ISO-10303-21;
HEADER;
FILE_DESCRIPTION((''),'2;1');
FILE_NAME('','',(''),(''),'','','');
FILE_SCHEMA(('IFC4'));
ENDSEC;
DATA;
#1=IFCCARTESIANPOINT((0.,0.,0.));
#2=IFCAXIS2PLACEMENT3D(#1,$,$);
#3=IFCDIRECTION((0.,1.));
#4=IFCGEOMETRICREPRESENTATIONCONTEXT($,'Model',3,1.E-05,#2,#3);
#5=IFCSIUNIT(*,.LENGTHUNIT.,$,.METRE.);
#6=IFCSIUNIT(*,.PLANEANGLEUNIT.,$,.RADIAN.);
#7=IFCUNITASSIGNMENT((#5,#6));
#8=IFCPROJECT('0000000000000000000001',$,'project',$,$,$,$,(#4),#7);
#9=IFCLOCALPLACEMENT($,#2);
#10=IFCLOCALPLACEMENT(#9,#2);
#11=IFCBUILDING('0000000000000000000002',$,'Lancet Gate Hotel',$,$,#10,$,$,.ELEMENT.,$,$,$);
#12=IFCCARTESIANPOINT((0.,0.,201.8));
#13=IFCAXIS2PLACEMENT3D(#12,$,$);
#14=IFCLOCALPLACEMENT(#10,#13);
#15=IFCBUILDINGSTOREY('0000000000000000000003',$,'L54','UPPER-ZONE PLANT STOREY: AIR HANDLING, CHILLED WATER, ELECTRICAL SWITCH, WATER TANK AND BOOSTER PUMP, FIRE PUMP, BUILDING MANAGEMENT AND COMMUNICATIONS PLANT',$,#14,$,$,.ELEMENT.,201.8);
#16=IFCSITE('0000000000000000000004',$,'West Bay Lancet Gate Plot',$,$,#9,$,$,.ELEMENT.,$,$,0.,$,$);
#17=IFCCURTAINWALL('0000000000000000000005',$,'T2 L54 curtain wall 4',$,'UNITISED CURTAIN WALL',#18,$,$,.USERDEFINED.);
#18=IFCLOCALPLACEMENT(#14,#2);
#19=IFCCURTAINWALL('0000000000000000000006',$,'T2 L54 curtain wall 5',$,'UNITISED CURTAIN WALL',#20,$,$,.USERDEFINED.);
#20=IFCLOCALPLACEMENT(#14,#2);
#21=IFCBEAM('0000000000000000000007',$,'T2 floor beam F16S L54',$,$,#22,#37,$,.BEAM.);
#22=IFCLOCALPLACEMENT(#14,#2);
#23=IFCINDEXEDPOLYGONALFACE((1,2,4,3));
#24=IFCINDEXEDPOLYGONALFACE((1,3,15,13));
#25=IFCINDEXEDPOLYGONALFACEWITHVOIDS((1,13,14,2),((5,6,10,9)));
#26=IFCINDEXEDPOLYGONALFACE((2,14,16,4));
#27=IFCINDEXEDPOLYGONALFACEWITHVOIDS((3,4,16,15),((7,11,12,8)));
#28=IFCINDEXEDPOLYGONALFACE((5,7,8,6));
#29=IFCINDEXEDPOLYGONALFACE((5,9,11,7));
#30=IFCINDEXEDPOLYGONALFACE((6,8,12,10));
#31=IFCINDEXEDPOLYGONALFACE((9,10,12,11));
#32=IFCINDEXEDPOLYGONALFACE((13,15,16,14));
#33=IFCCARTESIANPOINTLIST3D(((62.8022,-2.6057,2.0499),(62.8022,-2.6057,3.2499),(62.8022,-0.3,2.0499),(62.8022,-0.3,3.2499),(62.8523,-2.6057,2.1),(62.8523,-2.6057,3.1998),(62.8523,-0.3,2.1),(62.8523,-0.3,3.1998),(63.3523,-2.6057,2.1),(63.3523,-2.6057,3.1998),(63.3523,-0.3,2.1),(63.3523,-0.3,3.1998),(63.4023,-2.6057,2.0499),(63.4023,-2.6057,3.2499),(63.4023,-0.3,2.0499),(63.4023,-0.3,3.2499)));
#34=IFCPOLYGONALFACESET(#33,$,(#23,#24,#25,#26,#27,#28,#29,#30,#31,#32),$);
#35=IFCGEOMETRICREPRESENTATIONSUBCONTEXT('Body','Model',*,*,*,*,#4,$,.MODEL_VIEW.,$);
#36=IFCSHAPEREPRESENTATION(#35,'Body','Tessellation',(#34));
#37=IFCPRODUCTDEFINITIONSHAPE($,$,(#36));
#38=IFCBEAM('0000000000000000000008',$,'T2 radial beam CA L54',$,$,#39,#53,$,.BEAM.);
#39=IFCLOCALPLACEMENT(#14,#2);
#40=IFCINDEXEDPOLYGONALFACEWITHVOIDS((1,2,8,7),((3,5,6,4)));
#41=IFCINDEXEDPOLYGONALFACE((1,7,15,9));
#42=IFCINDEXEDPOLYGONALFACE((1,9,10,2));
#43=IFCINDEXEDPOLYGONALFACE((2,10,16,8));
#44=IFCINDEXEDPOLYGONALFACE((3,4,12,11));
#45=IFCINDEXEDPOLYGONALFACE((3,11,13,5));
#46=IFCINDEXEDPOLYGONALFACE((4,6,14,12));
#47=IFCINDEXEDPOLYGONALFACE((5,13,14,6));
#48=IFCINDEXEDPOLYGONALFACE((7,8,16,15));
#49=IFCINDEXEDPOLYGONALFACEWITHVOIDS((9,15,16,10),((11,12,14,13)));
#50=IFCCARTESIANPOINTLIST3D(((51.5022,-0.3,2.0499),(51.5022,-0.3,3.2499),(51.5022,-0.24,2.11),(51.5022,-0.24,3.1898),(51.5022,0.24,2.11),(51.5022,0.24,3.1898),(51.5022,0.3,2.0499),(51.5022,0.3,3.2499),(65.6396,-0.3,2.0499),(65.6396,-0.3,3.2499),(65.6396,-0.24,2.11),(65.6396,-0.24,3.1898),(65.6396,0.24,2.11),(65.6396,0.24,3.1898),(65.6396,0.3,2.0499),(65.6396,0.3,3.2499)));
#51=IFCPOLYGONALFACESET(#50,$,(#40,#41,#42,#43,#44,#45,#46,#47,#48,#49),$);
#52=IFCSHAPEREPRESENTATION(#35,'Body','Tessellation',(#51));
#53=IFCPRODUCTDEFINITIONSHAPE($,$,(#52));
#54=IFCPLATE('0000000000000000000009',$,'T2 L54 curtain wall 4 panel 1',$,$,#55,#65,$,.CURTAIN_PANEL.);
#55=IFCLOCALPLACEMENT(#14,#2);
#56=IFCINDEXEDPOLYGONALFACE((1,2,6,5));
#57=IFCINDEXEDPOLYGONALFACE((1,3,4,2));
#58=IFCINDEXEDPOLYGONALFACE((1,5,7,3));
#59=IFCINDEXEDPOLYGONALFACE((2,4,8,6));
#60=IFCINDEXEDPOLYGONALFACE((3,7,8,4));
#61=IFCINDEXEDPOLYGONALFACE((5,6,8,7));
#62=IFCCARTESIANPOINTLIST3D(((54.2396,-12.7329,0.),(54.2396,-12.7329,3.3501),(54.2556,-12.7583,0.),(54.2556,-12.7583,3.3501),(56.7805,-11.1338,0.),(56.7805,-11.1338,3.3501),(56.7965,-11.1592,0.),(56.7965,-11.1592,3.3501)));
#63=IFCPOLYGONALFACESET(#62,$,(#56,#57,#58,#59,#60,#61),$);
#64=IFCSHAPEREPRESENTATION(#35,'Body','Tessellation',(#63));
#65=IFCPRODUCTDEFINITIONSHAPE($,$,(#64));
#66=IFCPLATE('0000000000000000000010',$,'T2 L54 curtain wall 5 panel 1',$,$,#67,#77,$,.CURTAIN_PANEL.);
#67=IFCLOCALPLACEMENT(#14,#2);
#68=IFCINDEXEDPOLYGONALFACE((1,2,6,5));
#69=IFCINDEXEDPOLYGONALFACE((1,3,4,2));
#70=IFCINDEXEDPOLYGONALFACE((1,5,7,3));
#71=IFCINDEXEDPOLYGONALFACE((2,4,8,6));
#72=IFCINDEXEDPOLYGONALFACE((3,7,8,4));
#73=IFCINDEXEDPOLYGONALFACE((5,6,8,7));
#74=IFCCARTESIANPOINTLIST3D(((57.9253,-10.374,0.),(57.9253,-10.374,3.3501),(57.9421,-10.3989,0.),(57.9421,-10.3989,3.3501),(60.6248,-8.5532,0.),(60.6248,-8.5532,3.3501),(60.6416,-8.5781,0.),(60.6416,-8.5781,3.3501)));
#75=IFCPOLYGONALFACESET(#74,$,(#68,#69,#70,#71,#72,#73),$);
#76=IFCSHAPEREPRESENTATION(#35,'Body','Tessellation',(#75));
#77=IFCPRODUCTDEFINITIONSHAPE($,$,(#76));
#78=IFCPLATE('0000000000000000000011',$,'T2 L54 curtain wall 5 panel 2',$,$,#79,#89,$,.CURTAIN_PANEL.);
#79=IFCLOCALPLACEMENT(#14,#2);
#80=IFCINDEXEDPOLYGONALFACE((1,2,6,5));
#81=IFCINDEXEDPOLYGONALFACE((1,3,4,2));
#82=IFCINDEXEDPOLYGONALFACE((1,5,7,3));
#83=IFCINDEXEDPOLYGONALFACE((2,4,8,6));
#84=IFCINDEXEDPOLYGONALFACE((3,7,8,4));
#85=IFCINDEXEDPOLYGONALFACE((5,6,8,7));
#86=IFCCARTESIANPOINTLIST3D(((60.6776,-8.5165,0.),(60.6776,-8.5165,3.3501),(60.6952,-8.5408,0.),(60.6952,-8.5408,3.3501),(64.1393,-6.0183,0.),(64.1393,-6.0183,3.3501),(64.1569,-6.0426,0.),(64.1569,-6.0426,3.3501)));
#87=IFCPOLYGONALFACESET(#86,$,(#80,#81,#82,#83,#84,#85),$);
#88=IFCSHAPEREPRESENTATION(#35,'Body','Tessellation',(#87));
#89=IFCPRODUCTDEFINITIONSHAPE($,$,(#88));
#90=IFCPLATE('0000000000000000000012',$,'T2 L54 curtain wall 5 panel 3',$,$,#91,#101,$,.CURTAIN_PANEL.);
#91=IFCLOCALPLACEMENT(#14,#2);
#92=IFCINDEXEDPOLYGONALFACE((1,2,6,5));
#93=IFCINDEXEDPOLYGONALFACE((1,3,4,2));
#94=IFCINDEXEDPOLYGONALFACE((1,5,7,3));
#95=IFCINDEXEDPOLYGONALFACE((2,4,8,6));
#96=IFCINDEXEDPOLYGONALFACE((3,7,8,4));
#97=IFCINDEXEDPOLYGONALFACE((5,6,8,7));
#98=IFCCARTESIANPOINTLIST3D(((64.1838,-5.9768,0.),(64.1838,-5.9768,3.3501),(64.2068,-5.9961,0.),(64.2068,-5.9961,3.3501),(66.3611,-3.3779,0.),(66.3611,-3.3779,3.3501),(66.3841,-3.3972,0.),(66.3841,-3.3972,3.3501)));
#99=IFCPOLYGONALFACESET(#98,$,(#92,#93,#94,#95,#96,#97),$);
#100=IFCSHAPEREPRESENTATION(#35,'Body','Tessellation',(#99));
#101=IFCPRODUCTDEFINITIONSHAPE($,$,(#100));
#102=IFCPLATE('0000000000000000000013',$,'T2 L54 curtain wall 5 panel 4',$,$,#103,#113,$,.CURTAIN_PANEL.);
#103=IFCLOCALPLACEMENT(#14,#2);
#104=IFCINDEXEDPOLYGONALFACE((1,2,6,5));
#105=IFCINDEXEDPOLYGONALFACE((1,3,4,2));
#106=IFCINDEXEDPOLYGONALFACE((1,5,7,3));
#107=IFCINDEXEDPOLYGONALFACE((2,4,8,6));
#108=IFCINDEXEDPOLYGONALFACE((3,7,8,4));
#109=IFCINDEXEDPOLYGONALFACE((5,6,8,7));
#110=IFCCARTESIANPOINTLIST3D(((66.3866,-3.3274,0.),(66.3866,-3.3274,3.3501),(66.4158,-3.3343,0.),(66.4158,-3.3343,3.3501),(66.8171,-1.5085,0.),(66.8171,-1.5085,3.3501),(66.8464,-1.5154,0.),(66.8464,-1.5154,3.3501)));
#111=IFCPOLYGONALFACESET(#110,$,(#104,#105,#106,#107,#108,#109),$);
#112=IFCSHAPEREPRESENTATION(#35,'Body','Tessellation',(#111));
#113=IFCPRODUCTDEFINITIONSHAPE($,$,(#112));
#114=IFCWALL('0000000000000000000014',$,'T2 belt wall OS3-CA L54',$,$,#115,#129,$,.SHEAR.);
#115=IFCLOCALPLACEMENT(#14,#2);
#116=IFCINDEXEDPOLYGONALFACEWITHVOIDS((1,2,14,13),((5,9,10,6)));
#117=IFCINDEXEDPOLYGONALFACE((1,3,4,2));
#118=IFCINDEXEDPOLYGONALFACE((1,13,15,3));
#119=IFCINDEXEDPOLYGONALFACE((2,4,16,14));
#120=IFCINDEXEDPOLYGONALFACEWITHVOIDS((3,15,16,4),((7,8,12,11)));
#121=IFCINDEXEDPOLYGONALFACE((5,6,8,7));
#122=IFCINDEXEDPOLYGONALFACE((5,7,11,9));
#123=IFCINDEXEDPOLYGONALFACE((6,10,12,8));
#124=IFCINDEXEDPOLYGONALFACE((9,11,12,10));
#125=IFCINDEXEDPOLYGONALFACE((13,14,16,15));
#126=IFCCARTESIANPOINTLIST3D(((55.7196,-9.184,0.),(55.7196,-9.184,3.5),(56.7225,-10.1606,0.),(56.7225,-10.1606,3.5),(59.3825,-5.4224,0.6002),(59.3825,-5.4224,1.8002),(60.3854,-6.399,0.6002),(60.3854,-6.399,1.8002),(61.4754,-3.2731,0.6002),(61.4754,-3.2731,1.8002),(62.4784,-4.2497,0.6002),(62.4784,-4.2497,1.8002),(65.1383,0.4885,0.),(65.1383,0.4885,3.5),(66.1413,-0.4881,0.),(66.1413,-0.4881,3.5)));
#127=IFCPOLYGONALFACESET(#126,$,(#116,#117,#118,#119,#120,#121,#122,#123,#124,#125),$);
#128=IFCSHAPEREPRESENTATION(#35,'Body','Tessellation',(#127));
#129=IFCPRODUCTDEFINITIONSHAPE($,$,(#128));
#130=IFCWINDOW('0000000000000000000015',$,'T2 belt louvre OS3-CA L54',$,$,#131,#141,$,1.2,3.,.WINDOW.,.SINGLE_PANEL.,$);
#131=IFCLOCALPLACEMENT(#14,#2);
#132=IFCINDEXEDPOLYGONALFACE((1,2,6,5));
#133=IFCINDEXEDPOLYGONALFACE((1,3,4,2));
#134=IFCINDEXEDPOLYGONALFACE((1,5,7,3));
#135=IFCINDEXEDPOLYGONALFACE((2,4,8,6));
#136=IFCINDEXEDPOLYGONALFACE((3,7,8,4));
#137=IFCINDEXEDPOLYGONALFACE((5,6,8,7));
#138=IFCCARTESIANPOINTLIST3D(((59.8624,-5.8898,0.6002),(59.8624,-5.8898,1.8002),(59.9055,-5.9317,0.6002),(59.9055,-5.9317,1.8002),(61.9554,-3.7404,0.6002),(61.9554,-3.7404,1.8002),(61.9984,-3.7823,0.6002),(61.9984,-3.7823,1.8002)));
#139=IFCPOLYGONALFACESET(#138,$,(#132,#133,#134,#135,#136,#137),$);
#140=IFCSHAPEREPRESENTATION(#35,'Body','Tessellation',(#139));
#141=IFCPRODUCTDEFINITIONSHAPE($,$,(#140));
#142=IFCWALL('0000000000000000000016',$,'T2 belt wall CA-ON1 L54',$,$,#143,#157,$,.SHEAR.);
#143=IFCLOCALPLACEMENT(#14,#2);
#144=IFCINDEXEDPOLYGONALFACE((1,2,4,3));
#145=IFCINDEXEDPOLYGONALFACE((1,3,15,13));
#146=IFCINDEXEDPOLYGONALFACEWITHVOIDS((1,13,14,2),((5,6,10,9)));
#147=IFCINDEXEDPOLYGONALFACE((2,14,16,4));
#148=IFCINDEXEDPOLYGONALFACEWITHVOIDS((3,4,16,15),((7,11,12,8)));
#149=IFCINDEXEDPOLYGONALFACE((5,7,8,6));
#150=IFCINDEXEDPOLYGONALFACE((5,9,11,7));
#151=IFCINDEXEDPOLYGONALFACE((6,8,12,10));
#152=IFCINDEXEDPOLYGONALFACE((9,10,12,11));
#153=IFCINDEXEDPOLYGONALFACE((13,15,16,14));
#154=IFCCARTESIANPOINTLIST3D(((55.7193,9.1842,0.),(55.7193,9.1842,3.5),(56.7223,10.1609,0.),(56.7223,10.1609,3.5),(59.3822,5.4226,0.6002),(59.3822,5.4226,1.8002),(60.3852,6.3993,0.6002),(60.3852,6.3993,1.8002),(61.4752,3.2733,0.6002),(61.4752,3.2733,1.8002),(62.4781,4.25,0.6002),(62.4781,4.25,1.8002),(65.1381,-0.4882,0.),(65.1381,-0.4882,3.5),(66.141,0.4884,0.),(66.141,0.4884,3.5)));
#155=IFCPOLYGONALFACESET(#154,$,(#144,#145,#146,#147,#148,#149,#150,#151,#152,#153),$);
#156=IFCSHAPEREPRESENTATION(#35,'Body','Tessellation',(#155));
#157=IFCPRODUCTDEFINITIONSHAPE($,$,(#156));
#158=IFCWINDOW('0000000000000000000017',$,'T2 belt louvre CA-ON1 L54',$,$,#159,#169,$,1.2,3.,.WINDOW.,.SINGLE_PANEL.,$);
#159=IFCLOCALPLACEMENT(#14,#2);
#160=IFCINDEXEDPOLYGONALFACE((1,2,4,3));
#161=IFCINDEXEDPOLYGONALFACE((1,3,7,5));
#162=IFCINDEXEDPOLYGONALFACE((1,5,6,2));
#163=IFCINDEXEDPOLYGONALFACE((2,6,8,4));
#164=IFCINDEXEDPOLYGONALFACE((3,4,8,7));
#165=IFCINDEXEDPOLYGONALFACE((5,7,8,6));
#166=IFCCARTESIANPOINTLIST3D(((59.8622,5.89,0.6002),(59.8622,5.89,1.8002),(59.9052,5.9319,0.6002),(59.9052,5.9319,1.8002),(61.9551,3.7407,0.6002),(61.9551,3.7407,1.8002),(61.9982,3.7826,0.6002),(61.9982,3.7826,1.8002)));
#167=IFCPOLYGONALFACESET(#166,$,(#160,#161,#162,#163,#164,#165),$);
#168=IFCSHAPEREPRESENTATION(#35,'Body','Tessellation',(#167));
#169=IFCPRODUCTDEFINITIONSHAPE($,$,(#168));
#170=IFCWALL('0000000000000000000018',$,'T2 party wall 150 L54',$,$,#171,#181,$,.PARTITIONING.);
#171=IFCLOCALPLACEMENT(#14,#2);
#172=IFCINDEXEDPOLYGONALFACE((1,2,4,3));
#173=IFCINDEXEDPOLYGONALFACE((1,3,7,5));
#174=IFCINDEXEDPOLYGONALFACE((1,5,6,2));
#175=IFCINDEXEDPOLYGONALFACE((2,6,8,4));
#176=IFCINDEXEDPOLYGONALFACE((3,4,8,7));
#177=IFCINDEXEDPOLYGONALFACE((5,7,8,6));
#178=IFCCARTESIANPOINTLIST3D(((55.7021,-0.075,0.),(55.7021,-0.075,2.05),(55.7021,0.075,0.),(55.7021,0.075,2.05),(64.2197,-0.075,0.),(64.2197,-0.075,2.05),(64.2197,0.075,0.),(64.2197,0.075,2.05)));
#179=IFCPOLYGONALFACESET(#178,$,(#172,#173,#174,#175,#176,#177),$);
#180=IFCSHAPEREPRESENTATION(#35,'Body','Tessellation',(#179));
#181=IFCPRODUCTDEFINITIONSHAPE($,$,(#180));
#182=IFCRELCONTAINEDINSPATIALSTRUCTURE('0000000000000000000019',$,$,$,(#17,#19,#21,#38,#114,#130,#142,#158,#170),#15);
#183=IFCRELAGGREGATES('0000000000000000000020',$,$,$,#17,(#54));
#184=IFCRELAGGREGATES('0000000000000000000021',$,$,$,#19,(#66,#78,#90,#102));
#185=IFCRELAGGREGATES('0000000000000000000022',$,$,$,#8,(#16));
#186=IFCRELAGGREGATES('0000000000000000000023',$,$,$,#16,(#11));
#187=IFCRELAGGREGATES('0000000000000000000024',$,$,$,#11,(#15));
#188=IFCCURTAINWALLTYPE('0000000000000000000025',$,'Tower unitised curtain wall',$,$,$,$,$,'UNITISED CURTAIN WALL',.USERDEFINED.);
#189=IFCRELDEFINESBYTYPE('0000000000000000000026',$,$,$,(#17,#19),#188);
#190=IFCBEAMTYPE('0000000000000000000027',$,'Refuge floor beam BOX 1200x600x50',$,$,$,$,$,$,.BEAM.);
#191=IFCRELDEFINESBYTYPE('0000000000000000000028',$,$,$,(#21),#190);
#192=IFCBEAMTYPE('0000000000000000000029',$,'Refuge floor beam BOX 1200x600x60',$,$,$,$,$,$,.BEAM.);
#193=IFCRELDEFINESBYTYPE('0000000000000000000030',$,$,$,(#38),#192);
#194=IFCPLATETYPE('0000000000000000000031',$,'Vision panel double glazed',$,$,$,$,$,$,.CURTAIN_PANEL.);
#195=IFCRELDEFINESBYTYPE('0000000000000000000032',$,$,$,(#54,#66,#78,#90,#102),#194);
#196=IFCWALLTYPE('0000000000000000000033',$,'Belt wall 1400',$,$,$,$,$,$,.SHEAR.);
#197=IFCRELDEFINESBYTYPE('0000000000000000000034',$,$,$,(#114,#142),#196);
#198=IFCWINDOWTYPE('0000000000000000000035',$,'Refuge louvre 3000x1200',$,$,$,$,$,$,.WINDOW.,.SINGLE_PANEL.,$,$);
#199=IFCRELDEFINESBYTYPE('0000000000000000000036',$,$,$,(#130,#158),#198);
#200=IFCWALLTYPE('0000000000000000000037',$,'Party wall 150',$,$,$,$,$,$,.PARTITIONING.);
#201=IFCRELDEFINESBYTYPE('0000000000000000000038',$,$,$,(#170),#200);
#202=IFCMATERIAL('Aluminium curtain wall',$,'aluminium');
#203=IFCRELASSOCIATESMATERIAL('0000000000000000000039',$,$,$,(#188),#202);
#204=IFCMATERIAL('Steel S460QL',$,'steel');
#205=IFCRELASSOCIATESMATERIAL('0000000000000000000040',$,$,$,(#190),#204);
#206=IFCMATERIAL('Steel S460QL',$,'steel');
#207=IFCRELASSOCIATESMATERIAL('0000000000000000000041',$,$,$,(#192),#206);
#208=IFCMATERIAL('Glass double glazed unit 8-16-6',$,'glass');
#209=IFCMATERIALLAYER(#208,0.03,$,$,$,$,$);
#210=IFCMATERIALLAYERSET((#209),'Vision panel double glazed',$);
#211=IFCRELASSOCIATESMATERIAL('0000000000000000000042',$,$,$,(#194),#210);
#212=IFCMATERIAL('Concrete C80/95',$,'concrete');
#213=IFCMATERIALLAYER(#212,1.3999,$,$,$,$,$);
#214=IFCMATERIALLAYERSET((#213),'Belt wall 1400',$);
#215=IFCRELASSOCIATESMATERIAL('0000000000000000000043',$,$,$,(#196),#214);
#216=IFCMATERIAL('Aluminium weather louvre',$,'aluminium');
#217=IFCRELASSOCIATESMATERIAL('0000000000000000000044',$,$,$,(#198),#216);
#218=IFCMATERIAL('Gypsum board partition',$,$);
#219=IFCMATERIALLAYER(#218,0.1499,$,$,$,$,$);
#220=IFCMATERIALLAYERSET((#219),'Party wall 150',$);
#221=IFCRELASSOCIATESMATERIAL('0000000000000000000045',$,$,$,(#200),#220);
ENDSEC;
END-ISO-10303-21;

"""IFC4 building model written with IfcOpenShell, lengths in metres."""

from ifc_helpers import new_model, si_unit, direction, frame, frame_2d, origin, origin_2d, place, context, subcontext, project, spatial, rectangle, hollow_rectangle, extrude, material, layer, layer_set, material_profile, profile_set, type_object, element, fill, aggregate, save


model = new_model("IFC4")

# Units and contexts
model_context = context("Model", 3, precision=1e-05, world=origin(), true_north=direction((0.0, 1.0)))
body_context = subcontext(model_context, "Body", "Model", "MODEL_VIEW")
ifc_project = project(units=[si_unit("LENGTHUNIT", "METRE"), si_unit("PLANEANGLEUNIT", "RADIAN")], contexts=[model_context])

# Site, building, storey
site_placement = place(None, origin())
site = spatial("IfcSite", under=ifc_project, at=site_placement, Name="West Bay Lancet Gate Plot", CompositionType="ELEMENT", RefElevation=0.0)
building_placement = place(site_placement, origin())
building = spatial("IfcBuilding", under=site, at=building_placement, Name="Lancet Gate Hotel", CompositionType="ELEMENT")
storey_placement = place(building_placement, frame((0.0, 0.0, 201.8)))
storey = spatial("IfcBuildingStorey", under=building, at=storey_placement, Name="L54", Description="UPPER-ZONE PLANT STOREY: AIR HANDLING, CHILLED WATER, ELECTRICAL SWITCH, WATER TANK AND BOOSTER PUMP, FIRE PUMP, BUILDING MANAGEMENT AND COMMUNICATIONS PLANT", CompositionType="ELEMENT", Elevation=201.8)

# Curtain wall
ifc_material_1 = material(Name="Aluminium curtain wall", Category="aluminium")
curtain_wall_type = type_object("IfcCurtainWallType", Name="Tower unitised curtain wall", ElementType="UNITISED CURTAIN WALL", PredefinedType="USERDEFINED", material=ifc_material_1)
curtain_wall_1_placement = place(storey_placement, origin())
curtain_wall_1 = element("IfcCurtainWall", 1, at=curtain_wall_1_placement, inside=storey, type_object=curtain_wall_type, Name="T2 L54 curtain wall 4", ObjectType="UNITISED CURTAIN WALL", PredefinedType="USERDEFINED")

# Curtain wall
curtain_wall_2_placement = place(storey_placement, origin())
curtain_wall_2 = element("IfcCurtainWall", 2, at=curtain_wall_2_placement, inside=storey, type_object=curtain_wall_type, Name="T2 L54 curtain wall 5", ObjectType="UNITISED CURTAIN WALL", PredefinedType="USERDEFINED")

# Beams
ifc_material_2 = material(Name="Steel S460QL", Category="steel")
ifc_material_profile_1 = material_profile(ifc_material_2, hollow_rectangle(XDim=0.6001, YDim=1.2, WallThickness=0.05, at=origin_2d()), Name="BOX 1200x600x50")
ifc_profile_set_1 = profile_set([ifc_material_profile_1], Name="Steel S460QL")
beam_type_1 = type_object("IfcBeamType", Name="Refuge floor beam BOX 1200x600x50", PredefinedType="BEAM", material=ifc_profile_set_1)
beam_1_placement = place(storey_placement, frame((63.1023, -2.6057, 2.6499), z_axis=(0.0, 1.0, 0.0), x_axis=(-1.0, 0.0, 0.0)))
element("IfcBeam", 3, at=beam_1_placement, inside=storey, type_object=beam_type_1, Name="T2 floor beam F16S L54", PredefinedType="BEAM", context=body_context, shape_type="SweptSolid", body=[
    extrude(hollow_rectangle(XDim=0.6001, YDim=1.2, WallThickness=0.05, at=origin_2d()), origin(), (0.0, 0.0, 1.0), 2.3057),
])
ifc_material_3 = material(Name="Steel S460QL", Category="steel")
ifc_material_profile_2 = material_profile(ifc_material_3, hollow_rectangle(XDim=0.6001, YDim=1.2, WallThickness=0.0601, at=origin_2d()), Name="BOX 1200x600x60")
ifc_profile_set_2 = profile_set([ifc_material_profile_2], Name="Steel S460QL")
beam_type_2 = type_object("IfcBeamType", Name="Refuge floor beam BOX 1200x600x60", PredefinedType="BEAM", material=ifc_profile_set_2)
beam_2_placement = place(storey_placement, frame((65.6396, 0.0, 2.6499), z_axis=(-1.0, 0.0, 0.0), x_axis=(0.0, -1.0, 0.0)))
element("IfcBeam", 4, at=beam_2_placement, inside=storey, type_object=beam_type_2, Name="T2 radial beam CA L54", PredefinedType="BEAM", context=body_context, shape_type="SweptSolid", body=[
    extrude(hollow_rectangle(XDim=0.6001, YDim=1.2, WallThickness=0.0601, at=origin_2d()), origin(), (0.0, 0.0, 1.0), 14.1375),
])

# Plates
ifc_material_4 = material(Name="Glass double glazed unit 8-16-6", Category="glass")
ifc_layer_1 = layer(ifc_material_4, 0.03)
ifc_layer_set_1 = layer_set([ifc_layer_1], Name="Vision panel double glazed")
plate_type = type_object("IfcPlateType", Name="Vision panel double glazed", PredefinedType="CURTAIN_PANEL", material=ifc_layer_set_1)
plate_1_placement = place(storey_placement, frame((55.5181, -11.946, 0.0), z_axis=(0.0, 0.0, 1.0), x_axis=(0.846352, 0.532623, 0.0)))
plate_1 = element("IfcPlate", 5, at=plate_1_placement, type_object=plate_type, Name="T2 L54 curtain wall 4 panel 1", PredefinedType="CURTAIN_PANEL", context=body_context, shape_type="SweptSolid", body=[
    extrude(rectangle(XDim=3.0022, YDim=0.03, at=origin_2d()), origin(), (0.0, 0.0, 1.0), 3.3501),
])
aggregate(curtain_wall_1, [plate_1])
plate_2_placement = place(storey_placement, frame((59.2834, -9.4761, 0.0), z_axis=(0.0, 0.0, 1.0), x_axis=(0.829039, 0.559191, 0.0)))
plate_2 = element("IfcPlate", 6, at=plate_2_placement, type_object=plate_type, Name="T2 L54 curtain wall 5 panel 1", PredefinedType="CURTAIN_PANEL", context=body_context, shape_type="SweptSolid", body=[
    extrude(rectangle(XDim=3.2561, YDim=0.03, at=origin_2d()), origin(), (0.0, 0.0, 1.0), 3.3501),
])
plate_3_placement = place(storey_placement, frame((62.4172, -7.2795, 0.0), z_axis=(0.0, 0.0, 1.0), x_axis=(0.810891, 0.585197, 0.0)))
plate_3 = element("IfcPlate", 7, at=plate_3_placement, type_object=plate_type, Name="T2 L54 curtain wall 5 panel 2", PredefinedType="CURTAIN_PANEL", context=body_context, shape_type="SweptSolid", body=[
    extrude(rectangle(XDim=4.269, YDim=0.03, at=origin_2d()), origin(), (0.0, 0.0, 1.0), 3.3501),
])
plate_4_placement = place(storey_placement, frame((65.2839, -4.687, 0.0), z_axis=(0.0, 0.0, 1.0), x_axis=(0.642199, 0.766538, 0.0)))
plate_4 = element("IfcPlate", 8, at=plate_4_placement, type_object=plate_type, Name="T2 L54 curtain wall 5 panel 3", PredefinedType="CURTAIN_PANEL", context=body_context, shape_type="SweptSolid", body=[
    extrude(rectangle(XDim=3.3904, YDim=0.03, at=origin_2d()), origin(), (0.0, 0.0, 1.0), 3.3501),
])
plate_5_placement = place(storey_placement, frame((66.6165, -2.4214, 0.0), z_axis=(0.0, 0.0, 1.0), x_axis=(0.230367, 0.973104, 0.0)))
plate_5 = element("IfcPlate", 9, at=plate_5_placement, type_object=plate_type, Name="T2 L54 curtain wall 5 panel 4", PredefinedType="CURTAIN_PANEL", context=body_context, shape_type="SweptSolid", body=[
    extrude(rectangle(XDim=1.8691, YDim=0.03, at=origin_2d()), origin(), (0.0, 0.0, 1.0), 3.3501),
])
aggregate(curtain_wall_2, [plate_2, plate_3, plate_4, plate_5])

# Walls, openings, windows
ifc_material_5 = material(Name="Concrete C80/95", Category="concrete")
ifc_layer_2 = layer(ifc_material_5, 1.3999)
ifc_layer_set_2 = layer_set([ifc_layer_2], Name="Belt wall 1400")
wall_type_1 = type_object("IfcWallType", Name="Belt wall 1400", PredefinedType="SHEAR", material=ifc_layer_set_2)
wall_1_placement = place(storey_placement, frame((56.2209, -9.6724, 0.0), z_axis=(0.0, 0.0, 1.0), x_axis=(0.69765, 0.716439, 0.0)))
wall_1 = element("IfcWall", 10, at=wall_1_placement, inside=storey, type_object=wall_type_1, Name="T2 belt wall OS3-CA L54", PredefinedType="SHEAR", context=body_context, shape_type="SweptSolid", body=[
    extrude(rectangle(XDim=13.5007, YDim=1.3999, at=frame_2d((6.7505, 0.0))), origin(), (0.0, 0.0, 1.0), 3.5),
])
opening_1_placement = place(wall_1_placement, frame((5.2505, 0.0, 0.6001)))
opening_1 = element("IfcOpeningElement", 11, at=opening_1_placement, cuts=wall_1, PredefinedType="OPENING", context=body_context, shape_type="SweptSolid", body=[
    extrude(rectangle(XDim=3.0, YDim=1.2, at=frame_2d((1.5, 0.6001))), frame((0.0, 0.71, 0.0), z_axis=(0.0, -1.0, 0.0), x_axis=(1.0, 0.0, 0.0)), (0.0, 0.0, 1.0), 1.4199),
])
ifc_material_6 = material(Name="Aluminium weather louvre", Category="aluminium")
window_type = type_object("IfcWindowType", Name="Refuge louvre 3000x1200", PartitioningType="SINGLE_PANEL", PredefinedType="WINDOW", material=ifc_material_6)
window_1_placement = place(opening_1_placement, origin())
window_1 = element("IfcWindow", 12, at=window_1_placement, inside=storey, type_object=window_type, Name="T2 belt louvre OS3-CA L54", OverallHeight=1.2, OverallWidth=3.0, PartitioningType="SINGLE_PANEL", PredefinedType="WINDOW", context=body_context, shape_type="SweptSolid", body=[
    extrude(rectangle(XDim=3.0, YDim=1.2, at=frame_2d((1.5, 0.6001))), frame((0.0, 0.03, 0.0), z_axis=(0.0, -1.0, 0.0), x_axis=(1.0, 0.0, 0.0)), (0.0, 0.0, 1.0), 0.0601),
])
fill(opening_1, window_1)
wall_2_placement = place(storey_placement, frame((65.6396, 0.0, 0.0), z_axis=(0.0, 0.0, 1.0), x_axis=(-0.69765, 0.716439, 0.0)))
wall_2 = element("IfcWall", 13, at=wall_2_placement, inside=storey, type_object=wall_type_1, Name="T2 belt wall CA-ON1 L54", PredefinedType="SHEAR", context=body_context, shape_type="SweptSolid", body=[
    extrude(rectangle(XDim=13.5007, YDim=1.3999, at=frame_2d((6.7505, 0.0))), origin(), (0.0, 0.0, 1.0), 3.5),
])
opening_2_placement = place(wall_2_placement, frame((5.2505, 0.0, 0.6001)))
opening_2 = element("IfcOpeningElement", 14, at=opening_2_placement, cuts=wall_2, PredefinedType="OPENING", context=body_context, shape_type="SweptSolid", body=[
    extrude(rectangle(XDim=3.0, YDim=1.2, at=frame_2d((1.5, 0.6001))), frame((0.0, 0.71, 0.0), z_axis=(0.0, -1.0, 0.0), x_axis=(1.0, 0.0, 0.0)), (0.0, 0.0, 1.0), 1.4199),
])
window_2_placement = place(opening_2_placement, origin())
window_2 = element("IfcWindow", 15, at=window_2_placement, inside=storey, type_object=window_type, Name="T2 belt louvre CA-ON1 L54", OverallHeight=1.2, OverallWidth=3.0, PartitioningType="SINGLE_PANEL", PredefinedType="WINDOW", context=body_context, shape_type="SweptSolid", body=[
    extrude(rectangle(XDim=3.0, YDim=1.2, at=frame_2d((1.5, 0.6001))), frame((0.0, 0.03, 0.0), z_axis=(0.0, -1.0, 0.0), x_axis=(1.0, 0.0, 0.0)), (0.0, 0.0, 1.0), 0.0601),
])
fill(opening_2, window_2)

# Wall
ifc_material_7 = material(Name="Gypsum board partition")
ifc_layer_3 = layer(ifc_material_7, 0.1499)
ifc_layer_set_3 = layer_set([ifc_layer_3], Name="Party wall 150")
wall_type_2 = type_object("IfcWallType", Name="Party wall 150", PredefinedType="PARTITIONING", material=ifc_layer_set_3)
wall_3_placement = place(storey_placement, frame((55.7021, 0.0, 0.0), z_axis=(0.0, 0.0, 1.0), x_axis=(1.0, 0.0, 0.0)))
element("IfcWall", 16, at=wall_3_placement, inside=storey, type_object=wall_type_2, Name="T2 party wall 150 L54", PredefinedType="PARTITIONING", context=body_context, shape_type="SweptSolid", body=[
    extrude(rectangle(XDim=8.5176, YDim=0.1499, at=frame_2d((4.2588, 0.0))), origin(), (0.0, 0.0, 1.0), 2.05),
])

save(model, "model.ifc")
